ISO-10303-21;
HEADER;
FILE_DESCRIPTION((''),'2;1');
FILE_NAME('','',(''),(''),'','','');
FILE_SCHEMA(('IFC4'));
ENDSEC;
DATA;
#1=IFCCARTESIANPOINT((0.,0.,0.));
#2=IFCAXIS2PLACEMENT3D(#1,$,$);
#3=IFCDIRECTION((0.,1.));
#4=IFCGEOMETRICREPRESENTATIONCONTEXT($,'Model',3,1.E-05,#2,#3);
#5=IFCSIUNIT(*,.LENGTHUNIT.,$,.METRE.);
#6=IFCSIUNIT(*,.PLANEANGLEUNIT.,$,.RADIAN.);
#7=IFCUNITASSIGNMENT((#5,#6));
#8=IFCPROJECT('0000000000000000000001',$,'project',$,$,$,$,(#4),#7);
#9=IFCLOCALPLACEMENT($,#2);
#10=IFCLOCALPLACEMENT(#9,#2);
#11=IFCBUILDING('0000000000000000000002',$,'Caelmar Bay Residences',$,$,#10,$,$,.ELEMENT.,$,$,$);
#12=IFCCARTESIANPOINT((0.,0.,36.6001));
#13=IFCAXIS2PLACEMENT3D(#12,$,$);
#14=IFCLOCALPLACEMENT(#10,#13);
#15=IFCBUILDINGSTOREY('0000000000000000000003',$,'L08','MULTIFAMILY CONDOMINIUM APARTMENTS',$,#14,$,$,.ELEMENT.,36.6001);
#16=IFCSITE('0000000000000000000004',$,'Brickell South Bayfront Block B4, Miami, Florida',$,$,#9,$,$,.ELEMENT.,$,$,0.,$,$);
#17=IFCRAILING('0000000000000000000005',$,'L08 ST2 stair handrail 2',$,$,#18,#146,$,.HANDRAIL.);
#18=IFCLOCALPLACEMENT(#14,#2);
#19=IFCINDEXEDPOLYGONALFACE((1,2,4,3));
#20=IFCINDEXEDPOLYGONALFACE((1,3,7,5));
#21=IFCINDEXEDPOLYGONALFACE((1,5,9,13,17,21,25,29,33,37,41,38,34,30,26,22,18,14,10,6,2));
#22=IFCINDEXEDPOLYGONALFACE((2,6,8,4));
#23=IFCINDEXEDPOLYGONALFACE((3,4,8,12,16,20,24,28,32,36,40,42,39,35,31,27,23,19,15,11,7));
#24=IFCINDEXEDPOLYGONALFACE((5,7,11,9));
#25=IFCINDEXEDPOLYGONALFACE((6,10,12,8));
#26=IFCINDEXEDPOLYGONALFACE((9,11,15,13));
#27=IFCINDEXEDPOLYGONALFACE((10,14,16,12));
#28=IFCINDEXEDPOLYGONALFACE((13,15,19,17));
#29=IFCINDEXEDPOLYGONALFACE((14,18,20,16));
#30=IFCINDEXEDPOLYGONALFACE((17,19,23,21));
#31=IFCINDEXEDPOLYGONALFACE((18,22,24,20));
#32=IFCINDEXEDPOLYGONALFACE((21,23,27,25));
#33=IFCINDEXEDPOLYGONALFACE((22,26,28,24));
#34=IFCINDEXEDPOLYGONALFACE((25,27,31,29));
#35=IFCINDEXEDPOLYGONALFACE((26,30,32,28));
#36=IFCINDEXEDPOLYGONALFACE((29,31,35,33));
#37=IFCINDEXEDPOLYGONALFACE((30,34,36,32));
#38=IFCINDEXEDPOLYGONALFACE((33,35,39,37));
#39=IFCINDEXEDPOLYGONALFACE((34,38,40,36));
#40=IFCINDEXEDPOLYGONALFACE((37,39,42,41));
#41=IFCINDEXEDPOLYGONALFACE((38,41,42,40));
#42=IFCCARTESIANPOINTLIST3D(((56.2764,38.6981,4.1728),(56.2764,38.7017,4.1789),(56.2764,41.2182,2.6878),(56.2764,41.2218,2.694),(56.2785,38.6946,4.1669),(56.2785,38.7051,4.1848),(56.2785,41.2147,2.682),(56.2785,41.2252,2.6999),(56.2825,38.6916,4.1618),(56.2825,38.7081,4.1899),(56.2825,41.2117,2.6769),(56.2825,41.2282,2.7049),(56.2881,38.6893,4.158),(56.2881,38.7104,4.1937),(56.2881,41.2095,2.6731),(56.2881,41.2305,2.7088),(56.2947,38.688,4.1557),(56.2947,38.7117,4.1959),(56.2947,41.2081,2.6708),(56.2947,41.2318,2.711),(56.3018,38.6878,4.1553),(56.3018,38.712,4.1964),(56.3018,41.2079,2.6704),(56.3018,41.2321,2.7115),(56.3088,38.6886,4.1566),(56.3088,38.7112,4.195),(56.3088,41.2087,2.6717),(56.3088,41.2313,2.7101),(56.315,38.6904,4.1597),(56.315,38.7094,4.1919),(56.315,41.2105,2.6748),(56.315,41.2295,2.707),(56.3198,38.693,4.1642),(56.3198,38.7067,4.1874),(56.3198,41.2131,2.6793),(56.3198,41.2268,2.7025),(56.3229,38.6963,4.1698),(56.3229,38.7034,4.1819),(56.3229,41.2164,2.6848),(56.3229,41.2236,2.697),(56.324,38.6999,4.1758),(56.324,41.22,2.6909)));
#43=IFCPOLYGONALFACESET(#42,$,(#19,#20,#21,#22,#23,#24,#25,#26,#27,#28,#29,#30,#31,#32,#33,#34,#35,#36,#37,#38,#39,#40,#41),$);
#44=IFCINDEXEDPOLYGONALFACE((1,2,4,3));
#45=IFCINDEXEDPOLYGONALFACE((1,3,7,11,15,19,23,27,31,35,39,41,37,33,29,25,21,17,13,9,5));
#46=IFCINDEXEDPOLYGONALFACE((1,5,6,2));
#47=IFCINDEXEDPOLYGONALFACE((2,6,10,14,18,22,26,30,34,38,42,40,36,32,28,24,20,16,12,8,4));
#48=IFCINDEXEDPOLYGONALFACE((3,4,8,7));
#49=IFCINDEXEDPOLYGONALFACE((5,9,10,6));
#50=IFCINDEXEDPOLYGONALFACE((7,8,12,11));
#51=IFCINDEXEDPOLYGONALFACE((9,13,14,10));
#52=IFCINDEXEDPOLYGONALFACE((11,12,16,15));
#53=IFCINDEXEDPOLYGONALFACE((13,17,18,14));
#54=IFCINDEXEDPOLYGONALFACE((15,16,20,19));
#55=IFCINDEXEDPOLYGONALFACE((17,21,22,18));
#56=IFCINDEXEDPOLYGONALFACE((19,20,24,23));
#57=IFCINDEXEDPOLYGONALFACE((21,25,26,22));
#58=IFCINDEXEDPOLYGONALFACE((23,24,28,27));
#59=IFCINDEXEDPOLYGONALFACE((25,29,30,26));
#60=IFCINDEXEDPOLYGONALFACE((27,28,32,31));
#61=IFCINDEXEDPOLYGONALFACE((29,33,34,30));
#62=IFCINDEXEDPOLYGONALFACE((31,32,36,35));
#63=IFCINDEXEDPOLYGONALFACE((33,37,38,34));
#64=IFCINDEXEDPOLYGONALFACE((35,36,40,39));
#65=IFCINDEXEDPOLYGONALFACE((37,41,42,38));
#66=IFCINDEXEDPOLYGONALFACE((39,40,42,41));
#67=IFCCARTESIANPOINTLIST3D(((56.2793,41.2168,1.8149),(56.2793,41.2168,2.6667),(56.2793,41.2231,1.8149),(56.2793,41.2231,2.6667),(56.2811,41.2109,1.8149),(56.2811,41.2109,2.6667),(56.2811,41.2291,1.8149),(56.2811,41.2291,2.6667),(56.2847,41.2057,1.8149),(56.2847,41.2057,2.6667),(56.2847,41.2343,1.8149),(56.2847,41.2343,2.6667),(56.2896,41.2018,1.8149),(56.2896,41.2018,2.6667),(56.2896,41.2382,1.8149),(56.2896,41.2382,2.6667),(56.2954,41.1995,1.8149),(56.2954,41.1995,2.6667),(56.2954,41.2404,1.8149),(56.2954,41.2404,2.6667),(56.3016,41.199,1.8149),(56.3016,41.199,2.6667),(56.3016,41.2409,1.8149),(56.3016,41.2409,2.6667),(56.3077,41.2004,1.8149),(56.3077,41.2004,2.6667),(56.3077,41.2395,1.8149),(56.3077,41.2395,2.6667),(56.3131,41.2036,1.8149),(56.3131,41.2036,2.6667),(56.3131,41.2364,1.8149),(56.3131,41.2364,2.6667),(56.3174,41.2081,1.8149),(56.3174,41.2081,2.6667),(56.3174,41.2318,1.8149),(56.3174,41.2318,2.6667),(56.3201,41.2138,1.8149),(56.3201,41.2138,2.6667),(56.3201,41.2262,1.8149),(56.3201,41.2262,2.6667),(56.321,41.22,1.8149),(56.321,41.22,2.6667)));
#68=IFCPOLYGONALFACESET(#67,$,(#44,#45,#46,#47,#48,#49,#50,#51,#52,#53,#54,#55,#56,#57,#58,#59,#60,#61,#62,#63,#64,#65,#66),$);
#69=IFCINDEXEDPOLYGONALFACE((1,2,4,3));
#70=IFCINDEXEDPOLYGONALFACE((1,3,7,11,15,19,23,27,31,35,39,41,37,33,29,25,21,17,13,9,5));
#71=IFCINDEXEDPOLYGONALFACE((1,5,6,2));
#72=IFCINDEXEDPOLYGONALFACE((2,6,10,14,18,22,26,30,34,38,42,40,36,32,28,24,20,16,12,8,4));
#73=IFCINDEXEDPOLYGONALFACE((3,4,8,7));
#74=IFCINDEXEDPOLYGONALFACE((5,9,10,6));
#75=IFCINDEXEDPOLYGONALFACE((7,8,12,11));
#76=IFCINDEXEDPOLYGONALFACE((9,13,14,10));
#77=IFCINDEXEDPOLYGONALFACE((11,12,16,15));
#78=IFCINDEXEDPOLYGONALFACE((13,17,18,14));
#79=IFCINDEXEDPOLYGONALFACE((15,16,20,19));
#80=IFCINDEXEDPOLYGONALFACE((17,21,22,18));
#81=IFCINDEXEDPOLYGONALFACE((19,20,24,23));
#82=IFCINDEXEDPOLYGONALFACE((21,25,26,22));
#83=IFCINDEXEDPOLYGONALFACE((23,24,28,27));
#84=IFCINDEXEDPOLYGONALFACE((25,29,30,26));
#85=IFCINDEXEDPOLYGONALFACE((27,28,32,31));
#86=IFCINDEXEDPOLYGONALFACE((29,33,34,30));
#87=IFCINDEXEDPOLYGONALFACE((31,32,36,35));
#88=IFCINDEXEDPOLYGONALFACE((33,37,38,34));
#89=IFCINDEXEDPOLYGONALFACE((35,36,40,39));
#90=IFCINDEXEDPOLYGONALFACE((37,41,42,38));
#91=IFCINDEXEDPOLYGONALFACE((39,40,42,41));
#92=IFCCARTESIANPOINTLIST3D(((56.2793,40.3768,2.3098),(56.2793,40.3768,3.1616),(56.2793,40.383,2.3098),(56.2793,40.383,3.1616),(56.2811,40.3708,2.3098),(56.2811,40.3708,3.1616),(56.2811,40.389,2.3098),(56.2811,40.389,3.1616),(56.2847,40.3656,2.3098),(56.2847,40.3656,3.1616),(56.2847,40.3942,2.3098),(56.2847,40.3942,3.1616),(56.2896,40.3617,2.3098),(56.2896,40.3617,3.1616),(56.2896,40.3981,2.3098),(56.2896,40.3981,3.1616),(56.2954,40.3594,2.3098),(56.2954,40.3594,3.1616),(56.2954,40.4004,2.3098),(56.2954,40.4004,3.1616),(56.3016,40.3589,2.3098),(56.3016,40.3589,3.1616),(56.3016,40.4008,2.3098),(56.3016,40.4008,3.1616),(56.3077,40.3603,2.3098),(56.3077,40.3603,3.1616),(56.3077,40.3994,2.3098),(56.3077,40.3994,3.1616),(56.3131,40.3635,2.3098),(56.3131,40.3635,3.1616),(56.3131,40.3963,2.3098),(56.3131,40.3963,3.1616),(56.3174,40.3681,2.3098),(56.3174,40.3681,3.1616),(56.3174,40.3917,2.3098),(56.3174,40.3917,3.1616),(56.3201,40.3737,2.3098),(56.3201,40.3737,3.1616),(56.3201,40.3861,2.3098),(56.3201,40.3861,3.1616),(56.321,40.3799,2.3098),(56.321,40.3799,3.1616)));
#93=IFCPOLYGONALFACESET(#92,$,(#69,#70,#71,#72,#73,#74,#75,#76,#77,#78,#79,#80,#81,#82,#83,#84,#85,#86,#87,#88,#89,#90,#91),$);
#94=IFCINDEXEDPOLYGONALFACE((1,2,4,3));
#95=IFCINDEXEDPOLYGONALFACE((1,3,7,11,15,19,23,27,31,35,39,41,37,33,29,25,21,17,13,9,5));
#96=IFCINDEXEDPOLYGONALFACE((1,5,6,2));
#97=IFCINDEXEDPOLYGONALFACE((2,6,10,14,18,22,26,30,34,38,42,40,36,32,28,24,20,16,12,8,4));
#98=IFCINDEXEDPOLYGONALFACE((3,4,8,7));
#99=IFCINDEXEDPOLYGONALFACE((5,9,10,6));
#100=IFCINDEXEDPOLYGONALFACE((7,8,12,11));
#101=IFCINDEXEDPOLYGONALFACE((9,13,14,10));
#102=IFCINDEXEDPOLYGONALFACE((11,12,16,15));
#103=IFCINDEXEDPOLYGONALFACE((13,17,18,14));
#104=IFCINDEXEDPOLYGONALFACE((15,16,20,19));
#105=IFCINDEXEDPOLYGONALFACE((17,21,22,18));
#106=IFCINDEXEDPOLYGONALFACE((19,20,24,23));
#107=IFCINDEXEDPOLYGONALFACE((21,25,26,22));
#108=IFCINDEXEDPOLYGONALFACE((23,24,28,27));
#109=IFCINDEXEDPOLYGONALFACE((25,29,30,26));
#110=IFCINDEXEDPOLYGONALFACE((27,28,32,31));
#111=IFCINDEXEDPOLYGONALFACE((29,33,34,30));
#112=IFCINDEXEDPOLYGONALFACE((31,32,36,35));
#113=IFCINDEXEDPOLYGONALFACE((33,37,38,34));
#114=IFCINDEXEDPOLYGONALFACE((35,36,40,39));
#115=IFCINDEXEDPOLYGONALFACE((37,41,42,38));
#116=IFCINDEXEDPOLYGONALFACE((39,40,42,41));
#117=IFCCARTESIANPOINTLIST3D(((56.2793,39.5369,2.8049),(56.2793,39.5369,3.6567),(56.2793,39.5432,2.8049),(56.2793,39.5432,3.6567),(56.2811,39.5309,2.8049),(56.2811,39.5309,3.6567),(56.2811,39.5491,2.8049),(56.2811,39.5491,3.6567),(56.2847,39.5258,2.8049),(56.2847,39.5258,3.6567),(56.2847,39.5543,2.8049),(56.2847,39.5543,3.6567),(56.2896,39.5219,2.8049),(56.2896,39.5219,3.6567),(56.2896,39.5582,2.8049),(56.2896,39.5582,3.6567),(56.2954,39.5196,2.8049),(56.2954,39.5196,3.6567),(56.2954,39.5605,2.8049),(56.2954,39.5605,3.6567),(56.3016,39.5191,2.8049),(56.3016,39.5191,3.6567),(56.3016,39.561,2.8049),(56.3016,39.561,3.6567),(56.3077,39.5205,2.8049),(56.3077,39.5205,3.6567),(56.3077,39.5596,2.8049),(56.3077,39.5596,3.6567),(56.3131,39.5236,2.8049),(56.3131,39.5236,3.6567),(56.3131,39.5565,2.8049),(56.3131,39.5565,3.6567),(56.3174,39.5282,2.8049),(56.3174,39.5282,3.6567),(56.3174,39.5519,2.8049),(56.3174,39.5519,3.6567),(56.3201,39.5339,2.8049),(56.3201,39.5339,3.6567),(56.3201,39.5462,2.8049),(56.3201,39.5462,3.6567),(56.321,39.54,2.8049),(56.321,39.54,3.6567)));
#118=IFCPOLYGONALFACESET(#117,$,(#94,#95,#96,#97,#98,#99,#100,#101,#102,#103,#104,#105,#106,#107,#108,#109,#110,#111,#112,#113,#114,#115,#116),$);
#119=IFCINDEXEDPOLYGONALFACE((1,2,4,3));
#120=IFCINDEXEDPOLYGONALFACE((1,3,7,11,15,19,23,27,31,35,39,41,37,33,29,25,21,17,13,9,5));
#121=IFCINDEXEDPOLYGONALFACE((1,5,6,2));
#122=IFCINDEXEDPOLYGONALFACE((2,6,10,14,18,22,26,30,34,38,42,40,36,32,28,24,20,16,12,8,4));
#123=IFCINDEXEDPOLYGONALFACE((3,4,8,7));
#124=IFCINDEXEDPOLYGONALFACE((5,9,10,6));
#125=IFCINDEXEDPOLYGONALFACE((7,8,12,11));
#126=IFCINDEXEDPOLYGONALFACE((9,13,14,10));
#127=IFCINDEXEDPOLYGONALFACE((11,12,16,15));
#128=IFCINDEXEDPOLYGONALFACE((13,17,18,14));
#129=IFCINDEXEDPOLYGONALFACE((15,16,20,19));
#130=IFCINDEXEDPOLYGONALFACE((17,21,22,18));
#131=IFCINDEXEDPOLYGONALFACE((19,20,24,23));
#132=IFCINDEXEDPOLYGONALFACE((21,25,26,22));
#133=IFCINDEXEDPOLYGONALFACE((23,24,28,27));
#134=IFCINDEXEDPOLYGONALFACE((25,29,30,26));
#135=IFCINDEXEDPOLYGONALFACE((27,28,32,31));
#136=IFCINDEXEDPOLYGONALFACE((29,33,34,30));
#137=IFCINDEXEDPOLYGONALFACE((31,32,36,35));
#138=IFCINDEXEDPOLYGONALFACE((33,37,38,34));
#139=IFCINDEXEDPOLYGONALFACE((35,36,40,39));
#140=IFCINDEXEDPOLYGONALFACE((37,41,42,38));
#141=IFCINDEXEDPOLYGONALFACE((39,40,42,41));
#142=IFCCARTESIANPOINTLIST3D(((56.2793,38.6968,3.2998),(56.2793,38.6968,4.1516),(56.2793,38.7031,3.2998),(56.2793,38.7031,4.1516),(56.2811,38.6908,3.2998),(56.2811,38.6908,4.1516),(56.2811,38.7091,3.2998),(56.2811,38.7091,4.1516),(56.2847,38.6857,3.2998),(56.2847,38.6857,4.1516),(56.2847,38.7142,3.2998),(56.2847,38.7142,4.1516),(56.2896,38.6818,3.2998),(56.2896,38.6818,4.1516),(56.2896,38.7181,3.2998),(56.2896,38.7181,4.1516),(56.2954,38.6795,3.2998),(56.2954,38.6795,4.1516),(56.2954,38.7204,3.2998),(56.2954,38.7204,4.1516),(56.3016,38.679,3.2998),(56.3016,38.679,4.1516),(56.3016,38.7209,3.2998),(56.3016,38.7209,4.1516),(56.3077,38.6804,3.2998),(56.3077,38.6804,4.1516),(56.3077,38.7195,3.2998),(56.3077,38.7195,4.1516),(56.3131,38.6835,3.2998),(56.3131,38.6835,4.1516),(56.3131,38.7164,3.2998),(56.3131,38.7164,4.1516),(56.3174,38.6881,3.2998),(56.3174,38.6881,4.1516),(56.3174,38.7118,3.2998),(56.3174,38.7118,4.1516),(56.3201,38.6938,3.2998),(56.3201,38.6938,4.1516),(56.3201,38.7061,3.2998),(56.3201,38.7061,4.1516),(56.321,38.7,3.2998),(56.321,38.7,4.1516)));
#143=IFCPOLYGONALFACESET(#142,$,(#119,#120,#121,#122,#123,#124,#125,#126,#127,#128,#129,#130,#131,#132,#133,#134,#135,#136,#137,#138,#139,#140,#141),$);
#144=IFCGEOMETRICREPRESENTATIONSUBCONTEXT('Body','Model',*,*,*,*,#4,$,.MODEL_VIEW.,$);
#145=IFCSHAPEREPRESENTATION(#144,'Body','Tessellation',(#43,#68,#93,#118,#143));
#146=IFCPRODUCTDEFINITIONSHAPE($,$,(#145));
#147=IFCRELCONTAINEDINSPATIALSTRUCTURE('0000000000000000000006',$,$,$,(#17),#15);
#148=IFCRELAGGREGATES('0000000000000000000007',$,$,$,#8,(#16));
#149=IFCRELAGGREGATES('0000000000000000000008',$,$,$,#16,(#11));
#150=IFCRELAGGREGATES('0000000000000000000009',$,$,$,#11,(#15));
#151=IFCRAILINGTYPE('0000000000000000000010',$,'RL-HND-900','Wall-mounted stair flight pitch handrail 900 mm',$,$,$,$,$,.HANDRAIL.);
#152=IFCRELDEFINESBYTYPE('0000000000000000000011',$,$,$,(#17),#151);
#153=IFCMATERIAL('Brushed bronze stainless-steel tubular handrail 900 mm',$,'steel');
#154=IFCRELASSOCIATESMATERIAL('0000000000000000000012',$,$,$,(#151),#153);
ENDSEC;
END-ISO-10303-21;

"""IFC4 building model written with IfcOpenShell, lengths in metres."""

from ifc_helpers import new_model, si_unit, direction, frame, origin, origin_2d, place, context, subcontext, project, spatial, circle, extrude, material, type_object, element, save


model = new_model("IFC4")

# Units and contexts
model_context = context("Model", 3, precision=1e-05, world=origin(), true_north=direction((0.0, 1.0)))
body_context = subcontext(model_context, "Body", "Model", "MODEL_VIEW")
ifc_project = project(units=[si_unit("LENGTHUNIT", "METRE"), si_unit("PLANEANGLEUNIT", "RADIAN")], contexts=[model_context])

# Site, building, storey
site_placement = place(None, origin())
site = spatial("IfcSite", under=ifc_project, at=site_placement, Name="Brickell South Bayfront Block B4, Miami, Florida", CompositionType="ELEMENT", RefElevation=0.0)
building_placement = place(site_placement, origin())
building = spatial("IfcBuilding", under=site, at=building_placement, Name="Caelmar Bay Residences", CompositionType="ELEMENT")
storey_placement = place(building_placement, frame((0.0, 0.0, 36.6001)))
storey = spatial("IfcBuildingStorey", under=building, at=storey_placement, Name="L08", Description="MULTIFAMILY CONDOMINIUM APARTMENTS", CompositionType="ELEMENT", Elevation=36.6001)

# Railing
ifc_material_1 = material(Name="Brushed bronze stainless-steel tubular handrail 900 mm", Category="steel")
railing_type_1 = type_object("IfcRailingType", Name="RL-HND-900", Description="Wall-mounted stair flight pitch handrail 900 mm", PredefinedType="HANDRAIL", material=ifc_material_1)
railing_1_placement = place(storey_placement, frame((56.3, 41.22, 1.8149)))
element("IfcRailing", 1, at=railing_1_placement, inside=storey, type_object=railing_type_1, Name="L08 ST2 stair handrail 2", PredefinedType="HANDRAIL", context=body_context, shape_type="SweptSolid", body=[
    extrude(circle(Radius=0.0239, at=origin_2d()), frame((0.0, 0.0, 0.876), z_axis=(0.0, -0.861561, 0.507655), x_axis=(1.0, 0.0, 0.0)), (0.0, 0.0, 1.0), 2.925),
    extrude(circle(Radius=0.021, at=origin_2d()), origin(), (0.0, 0.0, 1.0), 0.8518),
    extrude(circle(Radius=0.021, at=origin_2d()), frame((0.0, -0.8401, 0.4949)), (0.0, 0.0, 1.0), 0.8518),
    extrude(circle(Radius=0.021, at=origin_2d()), frame((0.0, -1.6799, 0.99)), (0.0, 0.0, 1.0), 0.8518),
    extrude(circle(Radius=0.021, at=origin_2d()), frame((0.0, -2.52, 1.4849)), (0.0, 0.0, 1.0), 0.8518),
])

save(model, "model.ifc")
